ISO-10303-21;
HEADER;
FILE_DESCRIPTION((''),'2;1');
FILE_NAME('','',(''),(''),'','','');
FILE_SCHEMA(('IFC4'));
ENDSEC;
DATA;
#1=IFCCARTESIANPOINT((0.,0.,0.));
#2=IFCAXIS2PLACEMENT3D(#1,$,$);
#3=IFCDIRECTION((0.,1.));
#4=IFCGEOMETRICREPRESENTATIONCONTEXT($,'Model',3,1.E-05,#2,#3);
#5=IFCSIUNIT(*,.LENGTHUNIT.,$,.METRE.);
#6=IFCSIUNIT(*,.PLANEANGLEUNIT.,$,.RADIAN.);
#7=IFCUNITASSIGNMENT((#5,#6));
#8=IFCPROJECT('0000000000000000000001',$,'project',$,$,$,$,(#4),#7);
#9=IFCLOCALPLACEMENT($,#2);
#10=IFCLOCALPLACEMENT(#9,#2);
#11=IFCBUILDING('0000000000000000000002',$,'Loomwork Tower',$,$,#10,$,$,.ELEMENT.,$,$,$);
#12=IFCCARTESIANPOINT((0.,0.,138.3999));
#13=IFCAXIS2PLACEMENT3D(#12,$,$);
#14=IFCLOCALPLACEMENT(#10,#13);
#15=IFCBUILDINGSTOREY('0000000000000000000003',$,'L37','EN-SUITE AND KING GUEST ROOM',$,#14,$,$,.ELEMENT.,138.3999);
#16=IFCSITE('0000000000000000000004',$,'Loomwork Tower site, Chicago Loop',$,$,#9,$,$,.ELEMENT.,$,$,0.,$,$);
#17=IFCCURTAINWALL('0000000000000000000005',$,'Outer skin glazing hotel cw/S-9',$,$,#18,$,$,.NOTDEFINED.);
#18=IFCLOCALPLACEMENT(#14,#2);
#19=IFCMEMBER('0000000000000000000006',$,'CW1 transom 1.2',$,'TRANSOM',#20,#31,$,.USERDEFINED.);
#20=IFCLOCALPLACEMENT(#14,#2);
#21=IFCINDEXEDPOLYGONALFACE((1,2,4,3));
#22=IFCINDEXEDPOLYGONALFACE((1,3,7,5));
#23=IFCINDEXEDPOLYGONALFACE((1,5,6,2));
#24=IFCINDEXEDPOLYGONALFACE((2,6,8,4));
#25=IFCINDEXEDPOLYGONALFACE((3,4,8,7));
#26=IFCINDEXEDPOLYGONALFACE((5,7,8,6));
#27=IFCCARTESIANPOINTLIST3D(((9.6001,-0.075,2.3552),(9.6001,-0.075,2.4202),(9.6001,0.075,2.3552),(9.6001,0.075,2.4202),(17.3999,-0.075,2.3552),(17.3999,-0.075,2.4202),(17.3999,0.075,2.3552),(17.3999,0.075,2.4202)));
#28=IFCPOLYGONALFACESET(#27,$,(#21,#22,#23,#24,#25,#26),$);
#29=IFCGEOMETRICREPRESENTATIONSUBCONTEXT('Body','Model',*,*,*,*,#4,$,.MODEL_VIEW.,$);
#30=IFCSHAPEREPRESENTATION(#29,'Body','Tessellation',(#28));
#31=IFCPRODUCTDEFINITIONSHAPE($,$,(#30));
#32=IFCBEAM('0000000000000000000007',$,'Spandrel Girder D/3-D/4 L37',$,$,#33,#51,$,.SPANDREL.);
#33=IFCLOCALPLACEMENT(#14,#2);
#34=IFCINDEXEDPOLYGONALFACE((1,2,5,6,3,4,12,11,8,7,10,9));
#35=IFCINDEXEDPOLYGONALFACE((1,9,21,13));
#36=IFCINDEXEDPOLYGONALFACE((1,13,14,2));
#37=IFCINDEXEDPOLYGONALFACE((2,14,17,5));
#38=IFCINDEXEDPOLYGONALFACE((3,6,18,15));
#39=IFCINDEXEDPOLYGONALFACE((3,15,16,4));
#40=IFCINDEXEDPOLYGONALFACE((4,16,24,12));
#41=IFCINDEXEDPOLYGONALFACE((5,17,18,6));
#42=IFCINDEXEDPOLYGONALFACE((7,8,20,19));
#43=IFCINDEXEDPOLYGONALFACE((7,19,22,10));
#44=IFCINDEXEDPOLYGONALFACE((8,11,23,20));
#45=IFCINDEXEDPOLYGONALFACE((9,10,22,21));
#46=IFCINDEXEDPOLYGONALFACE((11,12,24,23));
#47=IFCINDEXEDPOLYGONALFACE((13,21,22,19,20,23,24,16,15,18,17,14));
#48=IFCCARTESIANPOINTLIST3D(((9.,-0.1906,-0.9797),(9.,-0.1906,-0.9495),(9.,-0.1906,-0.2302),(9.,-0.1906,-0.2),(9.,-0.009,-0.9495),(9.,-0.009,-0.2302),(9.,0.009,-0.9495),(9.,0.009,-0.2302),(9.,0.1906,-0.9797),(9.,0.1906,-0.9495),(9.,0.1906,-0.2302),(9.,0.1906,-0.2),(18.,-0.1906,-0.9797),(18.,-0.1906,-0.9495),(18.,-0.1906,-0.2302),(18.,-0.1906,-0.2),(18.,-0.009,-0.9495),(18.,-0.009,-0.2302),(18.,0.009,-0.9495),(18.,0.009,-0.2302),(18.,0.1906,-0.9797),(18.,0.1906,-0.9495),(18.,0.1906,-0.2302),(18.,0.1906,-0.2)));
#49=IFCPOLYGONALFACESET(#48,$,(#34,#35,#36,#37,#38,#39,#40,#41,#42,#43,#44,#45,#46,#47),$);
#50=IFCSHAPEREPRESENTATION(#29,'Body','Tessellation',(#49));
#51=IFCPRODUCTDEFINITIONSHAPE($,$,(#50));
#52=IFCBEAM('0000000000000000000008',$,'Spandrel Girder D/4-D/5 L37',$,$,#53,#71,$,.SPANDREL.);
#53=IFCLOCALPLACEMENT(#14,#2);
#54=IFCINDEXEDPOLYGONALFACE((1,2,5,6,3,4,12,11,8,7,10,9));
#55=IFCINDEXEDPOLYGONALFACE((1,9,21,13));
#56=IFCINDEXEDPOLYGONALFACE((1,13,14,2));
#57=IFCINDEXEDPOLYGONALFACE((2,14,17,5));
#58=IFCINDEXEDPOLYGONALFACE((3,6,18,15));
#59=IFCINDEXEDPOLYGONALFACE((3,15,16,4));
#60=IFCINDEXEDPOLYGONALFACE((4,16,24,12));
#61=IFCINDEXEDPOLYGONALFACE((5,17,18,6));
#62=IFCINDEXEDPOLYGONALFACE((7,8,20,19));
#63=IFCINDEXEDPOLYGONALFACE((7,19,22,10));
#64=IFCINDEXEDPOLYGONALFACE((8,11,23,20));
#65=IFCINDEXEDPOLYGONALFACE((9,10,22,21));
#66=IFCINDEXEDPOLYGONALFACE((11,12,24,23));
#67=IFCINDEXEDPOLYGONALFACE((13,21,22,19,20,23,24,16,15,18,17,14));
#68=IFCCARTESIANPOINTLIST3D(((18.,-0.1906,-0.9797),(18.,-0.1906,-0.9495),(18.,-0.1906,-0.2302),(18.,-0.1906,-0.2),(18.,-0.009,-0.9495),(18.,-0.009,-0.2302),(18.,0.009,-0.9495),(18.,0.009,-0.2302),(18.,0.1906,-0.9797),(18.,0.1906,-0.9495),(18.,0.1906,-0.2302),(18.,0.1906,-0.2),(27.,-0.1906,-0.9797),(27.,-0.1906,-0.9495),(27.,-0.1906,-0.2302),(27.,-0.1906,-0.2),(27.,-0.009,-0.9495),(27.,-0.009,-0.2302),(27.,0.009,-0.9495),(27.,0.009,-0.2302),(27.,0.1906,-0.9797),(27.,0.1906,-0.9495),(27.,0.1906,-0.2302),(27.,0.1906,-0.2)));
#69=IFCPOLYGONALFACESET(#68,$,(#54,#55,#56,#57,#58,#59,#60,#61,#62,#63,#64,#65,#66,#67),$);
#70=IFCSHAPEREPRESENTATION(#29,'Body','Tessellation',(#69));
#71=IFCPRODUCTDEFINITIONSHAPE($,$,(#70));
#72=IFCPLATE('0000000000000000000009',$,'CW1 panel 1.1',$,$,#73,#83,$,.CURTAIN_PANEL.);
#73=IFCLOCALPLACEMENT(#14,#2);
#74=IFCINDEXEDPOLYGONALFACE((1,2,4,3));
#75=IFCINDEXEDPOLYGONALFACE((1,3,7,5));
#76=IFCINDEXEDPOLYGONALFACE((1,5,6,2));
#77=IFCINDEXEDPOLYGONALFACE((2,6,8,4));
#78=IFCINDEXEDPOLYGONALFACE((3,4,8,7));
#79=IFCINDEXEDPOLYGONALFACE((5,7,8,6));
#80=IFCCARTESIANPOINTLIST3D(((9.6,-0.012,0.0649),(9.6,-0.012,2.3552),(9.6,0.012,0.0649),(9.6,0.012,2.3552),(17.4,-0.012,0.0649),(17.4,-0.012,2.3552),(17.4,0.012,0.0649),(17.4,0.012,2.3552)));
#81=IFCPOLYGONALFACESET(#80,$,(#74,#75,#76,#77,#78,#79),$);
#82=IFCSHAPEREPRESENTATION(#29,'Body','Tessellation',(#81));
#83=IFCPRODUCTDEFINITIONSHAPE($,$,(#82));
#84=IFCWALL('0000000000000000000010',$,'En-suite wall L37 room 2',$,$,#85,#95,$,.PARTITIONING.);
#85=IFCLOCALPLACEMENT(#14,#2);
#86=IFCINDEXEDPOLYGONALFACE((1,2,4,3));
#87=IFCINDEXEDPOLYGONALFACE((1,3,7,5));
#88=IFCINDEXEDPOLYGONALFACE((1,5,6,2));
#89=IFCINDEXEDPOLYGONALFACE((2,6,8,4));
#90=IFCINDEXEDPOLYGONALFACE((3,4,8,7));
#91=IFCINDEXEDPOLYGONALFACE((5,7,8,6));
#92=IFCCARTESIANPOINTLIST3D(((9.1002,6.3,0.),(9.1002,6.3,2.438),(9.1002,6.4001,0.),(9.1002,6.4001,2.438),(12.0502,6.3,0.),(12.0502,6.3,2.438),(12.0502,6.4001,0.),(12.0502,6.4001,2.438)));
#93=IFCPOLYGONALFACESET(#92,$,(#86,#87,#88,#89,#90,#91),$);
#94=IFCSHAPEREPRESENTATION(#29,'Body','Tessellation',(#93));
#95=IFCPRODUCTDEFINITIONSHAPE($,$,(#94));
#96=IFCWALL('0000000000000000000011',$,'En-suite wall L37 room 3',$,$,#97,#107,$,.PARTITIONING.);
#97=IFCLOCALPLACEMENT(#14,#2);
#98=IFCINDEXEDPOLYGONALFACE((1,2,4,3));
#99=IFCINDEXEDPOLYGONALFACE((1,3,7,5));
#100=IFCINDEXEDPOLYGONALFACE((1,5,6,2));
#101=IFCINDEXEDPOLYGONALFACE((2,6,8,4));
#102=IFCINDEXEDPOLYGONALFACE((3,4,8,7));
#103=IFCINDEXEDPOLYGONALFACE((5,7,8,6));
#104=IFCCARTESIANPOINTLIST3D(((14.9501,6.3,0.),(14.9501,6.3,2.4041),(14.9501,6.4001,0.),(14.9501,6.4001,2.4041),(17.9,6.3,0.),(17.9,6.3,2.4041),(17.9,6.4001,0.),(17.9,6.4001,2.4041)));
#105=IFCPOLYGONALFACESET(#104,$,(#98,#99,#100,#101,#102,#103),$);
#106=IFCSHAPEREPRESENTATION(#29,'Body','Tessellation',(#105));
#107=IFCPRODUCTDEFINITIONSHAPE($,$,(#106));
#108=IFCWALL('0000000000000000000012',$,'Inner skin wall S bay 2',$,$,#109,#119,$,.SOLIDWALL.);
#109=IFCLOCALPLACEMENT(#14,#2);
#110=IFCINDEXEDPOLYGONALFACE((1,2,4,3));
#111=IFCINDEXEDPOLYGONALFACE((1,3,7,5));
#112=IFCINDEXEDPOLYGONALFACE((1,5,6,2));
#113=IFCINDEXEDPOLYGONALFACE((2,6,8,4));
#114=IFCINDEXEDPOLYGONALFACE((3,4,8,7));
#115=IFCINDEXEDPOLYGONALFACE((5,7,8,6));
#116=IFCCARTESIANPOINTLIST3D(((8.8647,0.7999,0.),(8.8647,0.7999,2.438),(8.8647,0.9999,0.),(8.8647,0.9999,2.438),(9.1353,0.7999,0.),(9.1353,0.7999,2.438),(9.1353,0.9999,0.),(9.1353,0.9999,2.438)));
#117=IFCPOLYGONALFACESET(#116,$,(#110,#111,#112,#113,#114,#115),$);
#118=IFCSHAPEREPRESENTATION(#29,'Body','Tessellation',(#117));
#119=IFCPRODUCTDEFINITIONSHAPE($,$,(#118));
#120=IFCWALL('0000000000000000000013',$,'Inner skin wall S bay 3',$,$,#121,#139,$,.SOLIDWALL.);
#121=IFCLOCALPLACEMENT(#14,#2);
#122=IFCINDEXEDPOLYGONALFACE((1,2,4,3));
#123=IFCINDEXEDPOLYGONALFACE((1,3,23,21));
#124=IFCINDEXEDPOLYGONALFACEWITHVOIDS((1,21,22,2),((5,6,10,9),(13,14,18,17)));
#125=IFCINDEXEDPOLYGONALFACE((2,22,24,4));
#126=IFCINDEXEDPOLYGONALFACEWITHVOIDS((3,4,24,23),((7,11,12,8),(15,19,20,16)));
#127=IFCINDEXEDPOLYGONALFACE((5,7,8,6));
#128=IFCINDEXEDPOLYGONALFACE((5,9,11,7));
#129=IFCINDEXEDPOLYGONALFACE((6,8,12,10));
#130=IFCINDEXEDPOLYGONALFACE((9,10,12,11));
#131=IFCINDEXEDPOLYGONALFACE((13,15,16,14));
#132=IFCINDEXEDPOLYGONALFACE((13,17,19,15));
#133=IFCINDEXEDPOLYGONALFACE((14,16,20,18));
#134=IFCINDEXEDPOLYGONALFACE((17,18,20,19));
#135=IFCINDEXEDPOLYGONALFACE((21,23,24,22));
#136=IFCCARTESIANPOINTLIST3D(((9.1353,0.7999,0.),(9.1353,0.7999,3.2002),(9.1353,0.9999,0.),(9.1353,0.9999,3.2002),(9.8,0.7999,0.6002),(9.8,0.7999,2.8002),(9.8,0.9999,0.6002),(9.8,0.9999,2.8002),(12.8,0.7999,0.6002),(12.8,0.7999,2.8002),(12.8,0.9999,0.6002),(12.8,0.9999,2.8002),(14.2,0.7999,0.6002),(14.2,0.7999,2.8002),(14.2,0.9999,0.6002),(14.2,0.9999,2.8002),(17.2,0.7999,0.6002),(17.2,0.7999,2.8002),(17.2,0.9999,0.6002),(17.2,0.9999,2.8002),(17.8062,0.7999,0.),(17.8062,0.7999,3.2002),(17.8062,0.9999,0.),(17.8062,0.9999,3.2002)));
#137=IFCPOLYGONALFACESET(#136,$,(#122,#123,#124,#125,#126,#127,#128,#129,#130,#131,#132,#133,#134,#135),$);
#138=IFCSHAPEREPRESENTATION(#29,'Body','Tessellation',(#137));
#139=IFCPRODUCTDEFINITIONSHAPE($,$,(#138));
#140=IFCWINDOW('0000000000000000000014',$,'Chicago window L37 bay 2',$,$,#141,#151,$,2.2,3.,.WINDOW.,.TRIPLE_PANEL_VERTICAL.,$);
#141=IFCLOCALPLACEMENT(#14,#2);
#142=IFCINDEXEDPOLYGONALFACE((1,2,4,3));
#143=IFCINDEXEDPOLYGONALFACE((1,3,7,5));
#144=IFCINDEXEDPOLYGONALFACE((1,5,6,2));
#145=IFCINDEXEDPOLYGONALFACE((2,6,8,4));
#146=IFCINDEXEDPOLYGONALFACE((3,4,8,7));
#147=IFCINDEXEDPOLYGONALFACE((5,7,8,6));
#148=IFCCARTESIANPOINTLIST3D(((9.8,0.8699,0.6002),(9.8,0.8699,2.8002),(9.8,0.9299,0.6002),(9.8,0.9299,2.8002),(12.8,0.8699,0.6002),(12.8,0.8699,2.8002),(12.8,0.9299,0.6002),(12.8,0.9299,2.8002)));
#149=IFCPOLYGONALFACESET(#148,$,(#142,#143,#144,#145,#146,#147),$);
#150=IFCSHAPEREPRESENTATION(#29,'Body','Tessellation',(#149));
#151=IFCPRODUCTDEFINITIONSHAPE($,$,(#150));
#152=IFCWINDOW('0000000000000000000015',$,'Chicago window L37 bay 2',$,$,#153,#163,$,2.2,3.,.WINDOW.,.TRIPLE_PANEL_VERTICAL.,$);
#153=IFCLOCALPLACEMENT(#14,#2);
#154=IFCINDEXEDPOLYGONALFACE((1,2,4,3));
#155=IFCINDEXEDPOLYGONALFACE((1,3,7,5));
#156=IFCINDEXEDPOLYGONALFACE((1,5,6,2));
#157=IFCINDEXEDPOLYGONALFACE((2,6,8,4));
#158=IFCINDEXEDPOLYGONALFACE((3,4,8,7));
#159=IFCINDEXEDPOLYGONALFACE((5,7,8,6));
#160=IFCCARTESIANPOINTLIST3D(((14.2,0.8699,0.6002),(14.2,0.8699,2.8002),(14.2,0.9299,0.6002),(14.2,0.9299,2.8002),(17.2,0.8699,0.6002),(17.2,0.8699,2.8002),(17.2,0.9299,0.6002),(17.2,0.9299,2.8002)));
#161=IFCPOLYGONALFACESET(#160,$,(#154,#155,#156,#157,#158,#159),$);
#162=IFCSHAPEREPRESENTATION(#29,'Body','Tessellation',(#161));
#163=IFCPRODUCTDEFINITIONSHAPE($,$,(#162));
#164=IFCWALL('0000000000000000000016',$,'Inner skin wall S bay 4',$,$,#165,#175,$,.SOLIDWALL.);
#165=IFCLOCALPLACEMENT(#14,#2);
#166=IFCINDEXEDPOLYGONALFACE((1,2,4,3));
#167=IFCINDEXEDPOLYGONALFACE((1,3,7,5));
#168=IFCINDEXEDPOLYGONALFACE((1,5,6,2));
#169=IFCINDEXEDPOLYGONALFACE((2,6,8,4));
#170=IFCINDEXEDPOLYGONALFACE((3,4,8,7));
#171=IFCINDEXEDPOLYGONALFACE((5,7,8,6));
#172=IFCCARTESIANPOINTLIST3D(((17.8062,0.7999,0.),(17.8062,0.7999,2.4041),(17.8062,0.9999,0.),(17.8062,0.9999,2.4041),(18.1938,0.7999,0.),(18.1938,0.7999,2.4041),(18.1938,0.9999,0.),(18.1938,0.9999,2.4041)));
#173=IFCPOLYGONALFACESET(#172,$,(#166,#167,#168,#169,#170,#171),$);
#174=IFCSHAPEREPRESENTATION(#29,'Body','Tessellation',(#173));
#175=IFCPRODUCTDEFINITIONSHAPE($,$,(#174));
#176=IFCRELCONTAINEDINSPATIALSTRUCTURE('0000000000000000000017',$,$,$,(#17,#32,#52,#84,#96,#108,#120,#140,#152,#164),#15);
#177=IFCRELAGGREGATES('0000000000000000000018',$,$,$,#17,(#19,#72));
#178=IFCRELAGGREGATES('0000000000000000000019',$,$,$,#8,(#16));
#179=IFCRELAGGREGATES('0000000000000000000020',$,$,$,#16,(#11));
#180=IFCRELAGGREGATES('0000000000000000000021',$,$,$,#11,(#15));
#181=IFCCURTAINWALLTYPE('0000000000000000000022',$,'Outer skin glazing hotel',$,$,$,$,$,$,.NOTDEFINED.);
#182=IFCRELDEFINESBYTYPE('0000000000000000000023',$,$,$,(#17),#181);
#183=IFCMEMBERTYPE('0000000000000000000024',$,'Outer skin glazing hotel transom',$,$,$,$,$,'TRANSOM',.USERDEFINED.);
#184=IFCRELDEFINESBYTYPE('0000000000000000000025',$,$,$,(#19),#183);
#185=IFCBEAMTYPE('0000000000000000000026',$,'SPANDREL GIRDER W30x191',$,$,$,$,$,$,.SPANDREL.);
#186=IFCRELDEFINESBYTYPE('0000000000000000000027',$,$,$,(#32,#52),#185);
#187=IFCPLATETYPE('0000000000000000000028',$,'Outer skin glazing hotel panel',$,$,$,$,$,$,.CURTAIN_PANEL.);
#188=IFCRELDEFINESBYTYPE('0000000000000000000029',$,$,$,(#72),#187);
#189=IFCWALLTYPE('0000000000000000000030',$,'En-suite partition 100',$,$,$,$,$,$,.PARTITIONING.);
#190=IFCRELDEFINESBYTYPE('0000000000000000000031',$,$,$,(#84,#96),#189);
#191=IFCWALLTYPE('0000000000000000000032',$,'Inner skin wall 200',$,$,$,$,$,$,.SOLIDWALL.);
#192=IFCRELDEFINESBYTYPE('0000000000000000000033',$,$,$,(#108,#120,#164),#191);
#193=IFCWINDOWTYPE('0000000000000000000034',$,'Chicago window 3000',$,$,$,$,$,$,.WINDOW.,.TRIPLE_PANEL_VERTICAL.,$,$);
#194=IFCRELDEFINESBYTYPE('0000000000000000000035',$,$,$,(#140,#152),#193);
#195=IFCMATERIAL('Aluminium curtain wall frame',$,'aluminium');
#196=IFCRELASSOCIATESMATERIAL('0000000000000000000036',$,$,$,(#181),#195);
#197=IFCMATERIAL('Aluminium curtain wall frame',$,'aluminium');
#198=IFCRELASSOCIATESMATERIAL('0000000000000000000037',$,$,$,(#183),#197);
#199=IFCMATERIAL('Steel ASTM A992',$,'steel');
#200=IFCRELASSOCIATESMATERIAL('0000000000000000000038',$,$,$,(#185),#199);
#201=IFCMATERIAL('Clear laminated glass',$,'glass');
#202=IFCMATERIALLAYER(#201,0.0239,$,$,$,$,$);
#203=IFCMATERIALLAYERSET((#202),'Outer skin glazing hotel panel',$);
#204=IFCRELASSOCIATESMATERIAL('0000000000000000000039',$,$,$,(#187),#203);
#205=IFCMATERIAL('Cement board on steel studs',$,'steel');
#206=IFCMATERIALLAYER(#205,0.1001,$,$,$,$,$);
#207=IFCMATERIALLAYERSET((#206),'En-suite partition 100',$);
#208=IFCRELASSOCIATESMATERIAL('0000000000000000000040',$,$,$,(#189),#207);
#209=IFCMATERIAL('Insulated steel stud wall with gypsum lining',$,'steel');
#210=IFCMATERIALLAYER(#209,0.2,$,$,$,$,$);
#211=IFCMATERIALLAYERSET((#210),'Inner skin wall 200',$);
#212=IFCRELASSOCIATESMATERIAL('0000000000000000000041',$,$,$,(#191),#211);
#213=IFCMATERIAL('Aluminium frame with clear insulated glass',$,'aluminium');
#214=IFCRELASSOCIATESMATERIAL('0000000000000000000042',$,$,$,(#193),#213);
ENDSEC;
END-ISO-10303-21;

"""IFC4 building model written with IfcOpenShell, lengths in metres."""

from ifc_helpers import new_model, si_unit, direction, frame, frame_2d, origin, origin_2d, place, context, subcontext, project, spatial, rectangle, i_section, extrude, material, layer, layer_set, material_profile, profile_set, type_object, element, fill, aggregate, save


model = new_model("IFC4")

# Units and contexts
model_context = context("Model", 3, precision=1e-05, world=origin(), true_north=direction((0.0, 1.0)))
body_context = subcontext(model_context, "Body", "Model", "MODEL_VIEW")
ifc_project = project(units=[si_unit("LENGTHUNIT", "METRE"), si_unit("PLANEANGLEUNIT", "RADIAN")], contexts=[model_context])

# Site, building, storey
site_placement = place(None, origin())
site = spatial("IfcSite", under=ifc_project, at=site_placement, Name="Loomwork Tower site, Chicago Loop", CompositionType="ELEMENT", RefElevation=0.0)
building_placement = place(site_placement, origin())
building = spatial("IfcBuilding", under=site, at=building_placement, Name="Loomwork Tower", CompositionType="ELEMENT")
storey_placement = place(building_placement, frame((0.0, 0.0, 138.3999)))
storey = spatial("IfcBuildingStorey", under=building, at=storey_placement, Name="L37", Description="EN-SUITE AND KING GUEST ROOM", CompositionType="ELEMENT", Elevation=138.3999)

# Shared definitions
ifc_material_1 = material(Name="Aluminium curtain wall frame", Category="aluminium")
curtain_wall_type = type_object("IfcCurtainWallType", Name="Outer skin glazing hotel", PredefinedType="NOTDEFINED", material=ifc_material_1)

# Curtain wall, member
curtain_wall_1_placement = place(storey_placement, origin())
curtain_wall_1 = element("IfcCurtainWall", 1, at=curtain_wall_1_placement, inside=storey, type_object=curtain_wall_type, Name="Outer skin glazing hotel cw/S-9", PredefinedType="NOTDEFINED")
ifc_material_2 = material(Name="Aluminium curtain wall frame", Category="aluminium")
ifc_material_profile_1 = material_profile(ifc_material_2, rectangle(XDim=0.1499, YDim=0.0649, at=origin_2d()), Name="AL 65x150")
ifc_profile_set_1 = profile_set([ifc_material_profile_1], Name="Aluminium curtain wall frame")
member_type_1 = type_object("IfcMemberType", Name="Outer skin glazing hotel transom", ElementType="TRANSOM", PredefinedType="USERDEFINED", material=ifc_profile_set_1)
member_1_placement = place(storey_placement, frame((9.6001, 0.0, 2.3877), z_axis=(1.0, 0.0, 0.0), x_axis=(0.0, 1.0, 0.0)))
member_1 = element("IfcMember", 2, at=member_1_placement, type_object=member_type_1, Name="CW1 transom 1.2", ObjectType="TRANSOM", PredefinedType="USERDEFINED", context=body_context, shape_type="SweptSolid", body=[
    extrude(rectangle(XDim=0.1499, YDim=0.0649, at=origin_2d()), origin(), (0.0, 0.0, 1.0), 7.7998),
])

# Beams
ifc_material_3 = material(Name="Steel ASTM A992", Category="steel")
ifc_material_profile_2 = material_profile(ifc_material_3, i_section(OverallWidth=0.3811, OverallDepth=0.7798, WebThickness=0.0181, FlangeThickness=0.0303, at=origin_2d()), Name="W30x191")
ifc_profile_set_2 = profile_set([ifc_material_profile_2], Name="Steel ASTM A992")
beam_type_1 = type_object("IfcBeamType", Name="SPANDREL GIRDER W30x191", PredefinedType="SPANDREL", material=ifc_profile_set_2)
for number, where, z_axis, x_axis, name in (
    (3, (9.0, 0.0, -0.5898), (1.0, 0.0, 0.0), (0.0, 1.0, 0.0), "Spandrel Girder D/3-D/4 L37"),
    (4, (18.0, 0.0, -0.5898), (1.0, 0.0, 0.0), (0.0, 1.0, 0.0), "Spandrel Girder D/4-D/5 L37"),
):
    element("IfcBeam", number, at=place(storey_placement, frame(where, z_axis=z_axis, x_axis=x_axis)), inside=storey, type_object=beam_type_1, Name=name, PredefinedType="SPANDREL", context=body_context, shape_type="SweptSolid", body=[
        extrude(i_section(OverallWidth=0.3811, OverallDepth=0.7798, WebThickness=0.0181, FlangeThickness=0.0303, at=origin_2d()), origin(), (0.0, 0.0, 1.0), 9.0),
    ])

# Plate
ifc_material_4 = material(Name="Clear laminated glass", Category="glass")
ifc_layer_1 = layer(ifc_material_4, 0.0239)
ifc_layer_set_1 = layer_set([ifc_layer_1], Name="Outer skin glazing hotel panel")
plate_type = type_object("IfcPlateType", Name="Outer skin glazing hotel panel", PredefinedType="CURTAIN_PANEL", material=ifc_layer_set_1)
plate_placement = place(storey_placement, frame((13.5, 0.0, 0.0649), z_axis=(0.0, 0.0, 1.0), x_axis=(1.0, 0.0, 0.0)))
plate = element("IfcPlate", 5, at=plate_placement, type_object=plate_type, Name="CW1 panel 1.1", PredefinedType="CURTAIN_PANEL", context=body_context, shape_type="SweptSolid", body=[
    extrude(rectangle(XDim=7.8, YDim=0.0239, at=origin_2d()), origin(), (0.0, 0.0, 1.0), 2.2903),
])
aggregate(curtain_wall_1, [member_1, plate])

# Walls
ifc_material_5 = material(Name="Cement board on steel studs", Category="steel")
ifc_layer_2 = layer(ifc_material_5, 0.1001)
ifc_layer_set_2 = layer_set([ifc_layer_2], Name="En-suite partition 100")
wall_type_1 = type_object("IfcWallType", Name="En-suite partition 100", PredefinedType="PARTITIONING", material=ifc_layer_set_2)
wall_1_placement = place(storey_placement, frame((9.1001, 6.3501, 0.0), z_axis=(0.0, 0.0, 1.0), x_axis=(1.0, 0.0, 0.0)))
element("IfcWall", 6, at=wall_1_placement, inside=storey, type_object=wall_type_1, Name="En-suite wall L37 room 2", PredefinedType="PARTITIONING", context=body_context, shape_type="SweptSolid", body=[
    extrude(rectangle(XDim=2.95, YDim=0.1001, at=frame_2d((1.4751, 0.0))), origin(), (0.0, 0.0, 1.0), 2.438),
])
wall_2_placement = place(storey_placement, frame((14.95, 6.3501, 0.0), z_axis=(0.0, 0.0, 1.0), x_axis=(1.0, 0.0, 0.0)))
element("IfcWall", 7, at=wall_2_placement, inside=storey, type_object=wall_type_1, Name="En-suite wall L37 room 3", PredefinedType="PARTITIONING", context=body_context, shape_type="SweptSolid", body=[
    extrude(rectangle(XDim=2.95, YDim=0.1001, at=frame_2d((1.4751, 0.0))), origin(), (0.0, 0.0, 1.0), 2.4041),
])
ifc_material_6 = material(Name="Insulated steel stud wall with gypsum lining", Category="steel")
ifc_layer_3 = layer(ifc_material_6, 0.2)
ifc_layer_set_3 = layer_set([ifc_layer_3], Name="Inner skin wall 200")
wall_type_2 = type_object("IfcWallType", Name="Inner skin wall 200", PredefinedType="SOLIDWALL", material=ifc_layer_set_3)
wall_3_placement = place(storey_placement, frame((8.8647, 0.8999, 0.0), z_axis=(0.0, 0.0, 1.0), x_axis=(1.0, 0.0, 0.0)))
element("IfcWall", 8, at=wall_3_placement, inside=storey, type_object=wall_type_2, Name="Inner skin wall S bay 2", PredefinedType="SOLIDWALL", context=body_context, shape_type="SweptSolid", body=[
    extrude(rectangle(XDim=0.2705, YDim=0.2, at=frame_2d((0.1353, 0.0))), origin(), (0.0, 0.0, 1.0), 2.438),
])

# Wall, openings, windows
wall_4_placement = place(storey_placement, frame((9.1353, 0.8999, 0.0), z_axis=(0.0, 0.0, 1.0), x_axis=(1.0, 0.0, 0.0)))
wall_4 = element("IfcWall", 9, at=wall_4_placement, inside=storey, type_object=wall_type_2, Name="Inner skin wall S bay 3", PredefinedType="SOLIDWALL", context=body_context, shape_type="SweptSolid", body=[
    extrude(rectangle(XDim=8.6709, YDim=0.2, at=frame_2d((4.3354, 0.0))), origin(), (0.0, 0.0, 1.0), 3.2002),
])
opening_1_placement = place(wall_4_placement, frame((0.6648, 0.0, 0.6001)))
opening_1 = element("IfcOpeningElement", 10, at=opening_1_placement, cuts=wall_4, PredefinedType="OPENING", context=body_context, shape_type="SweptSolid", body=[
    extrude(rectangle(XDim=3.0, YDim=2.2, at=frame_2d((1.5, 1.1001))), frame((0.0, 0.1099, 0.0), z_axis=(0.0, -1.0, 0.0), x_axis=(1.0, 0.0, 0.0)), (0.0, 0.0, 1.0), 0.22),
])
opening_2_placement = place(wall_4_placement, frame((5.0647, 0.0, 0.6001)))
opening_2 = element("IfcOpeningElement", 11, at=opening_2_placement, cuts=wall_4, PredefinedType="OPENING", context=body_context, shape_type="SweptSolid", body=[
    extrude(rectangle(XDim=3.0, YDim=2.2, at=frame_2d((1.5, 1.1001))), frame((0.0, 0.1099, 0.0), z_axis=(0.0, -1.0, 0.0), x_axis=(1.0, 0.0, 0.0)), (0.0, 0.0, 1.0), 0.22),
])
ifc_material_7 = material(Name="Aluminium frame with clear insulated glass", Category="aluminium")
window_type = type_object("IfcWindowType", Name="Chicago window 3000", PartitioningType="TRIPLE_PANEL_VERTICAL", PredefinedType="WINDOW", material=ifc_material_7)
window_1_placement = place(opening_1_placement, origin())
window_1 = element("IfcWindow", 12, at=window_1_placement, inside=storey, type_object=window_type, Name="Chicago window L37 bay 2", OverallHeight=2.2, OverallWidth=3.0, PartitioningType="TRIPLE_PANEL_VERTICAL", PredefinedType="WINDOW", context=body_context, shape_type="SweptSolid", body=[
    extrude(rectangle(XDim=3.0, YDim=2.2, at=frame_2d((1.5, 1.1001))), frame((0.0, 0.03, 0.0), z_axis=(0.0, -1.0, 0.0), x_axis=(1.0, 0.0, 0.0)), (0.0, 0.0, 1.0), 0.0601),
])
fill(opening_1, window_1)
window_2_placement = place(opening_2_placement, origin())
window_2 = element("IfcWindow", 13, at=window_2_placement, inside=storey, type_object=window_type, Name="Chicago window L37 bay 2", OverallHeight=2.2, OverallWidth=3.0, PartitioningType="TRIPLE_PANEL_VERTICAL", PredefinedType="WINDOW", context=body_context, shape_type="SweptSolid", body=[
    extrude(rectangle(XDim=3.0, YDim=2.2, at=frame_2d((1.5, 1.1001))), frame((0.0, 0.03, 0.0), z_axis=(0.0, -1.0, 0.0), x_axis=(1.0, 0.0, 0.0)), (0.0, 0.0, 1.0), 0.0601),
])
fill(opening_2, window_2)

# Wall
wall_5_placement = place(storey_placement, frame((17.8062, 0.8999, 0.0), z_axis=(0.0, 0.0, 1.0), x_axis=(1.0, 0.0, 0.0)))
element("IfcWall", 14, at=wall_5_placement, inside=storey, type_object=wall_type_2, Name="Inner skin wall S bay 4", PredefinedType="SOLIDWALL", context=body_context, shape_type="SweptSolid", body=[
    extrude(rectangle(XDim=0.3877, YDim=0.2, at=frame_2d((0.1938, 0.0))), origin(), (0.0, 0.0, 1.0), 2.4041),
])

save(model, "model.ifc")
